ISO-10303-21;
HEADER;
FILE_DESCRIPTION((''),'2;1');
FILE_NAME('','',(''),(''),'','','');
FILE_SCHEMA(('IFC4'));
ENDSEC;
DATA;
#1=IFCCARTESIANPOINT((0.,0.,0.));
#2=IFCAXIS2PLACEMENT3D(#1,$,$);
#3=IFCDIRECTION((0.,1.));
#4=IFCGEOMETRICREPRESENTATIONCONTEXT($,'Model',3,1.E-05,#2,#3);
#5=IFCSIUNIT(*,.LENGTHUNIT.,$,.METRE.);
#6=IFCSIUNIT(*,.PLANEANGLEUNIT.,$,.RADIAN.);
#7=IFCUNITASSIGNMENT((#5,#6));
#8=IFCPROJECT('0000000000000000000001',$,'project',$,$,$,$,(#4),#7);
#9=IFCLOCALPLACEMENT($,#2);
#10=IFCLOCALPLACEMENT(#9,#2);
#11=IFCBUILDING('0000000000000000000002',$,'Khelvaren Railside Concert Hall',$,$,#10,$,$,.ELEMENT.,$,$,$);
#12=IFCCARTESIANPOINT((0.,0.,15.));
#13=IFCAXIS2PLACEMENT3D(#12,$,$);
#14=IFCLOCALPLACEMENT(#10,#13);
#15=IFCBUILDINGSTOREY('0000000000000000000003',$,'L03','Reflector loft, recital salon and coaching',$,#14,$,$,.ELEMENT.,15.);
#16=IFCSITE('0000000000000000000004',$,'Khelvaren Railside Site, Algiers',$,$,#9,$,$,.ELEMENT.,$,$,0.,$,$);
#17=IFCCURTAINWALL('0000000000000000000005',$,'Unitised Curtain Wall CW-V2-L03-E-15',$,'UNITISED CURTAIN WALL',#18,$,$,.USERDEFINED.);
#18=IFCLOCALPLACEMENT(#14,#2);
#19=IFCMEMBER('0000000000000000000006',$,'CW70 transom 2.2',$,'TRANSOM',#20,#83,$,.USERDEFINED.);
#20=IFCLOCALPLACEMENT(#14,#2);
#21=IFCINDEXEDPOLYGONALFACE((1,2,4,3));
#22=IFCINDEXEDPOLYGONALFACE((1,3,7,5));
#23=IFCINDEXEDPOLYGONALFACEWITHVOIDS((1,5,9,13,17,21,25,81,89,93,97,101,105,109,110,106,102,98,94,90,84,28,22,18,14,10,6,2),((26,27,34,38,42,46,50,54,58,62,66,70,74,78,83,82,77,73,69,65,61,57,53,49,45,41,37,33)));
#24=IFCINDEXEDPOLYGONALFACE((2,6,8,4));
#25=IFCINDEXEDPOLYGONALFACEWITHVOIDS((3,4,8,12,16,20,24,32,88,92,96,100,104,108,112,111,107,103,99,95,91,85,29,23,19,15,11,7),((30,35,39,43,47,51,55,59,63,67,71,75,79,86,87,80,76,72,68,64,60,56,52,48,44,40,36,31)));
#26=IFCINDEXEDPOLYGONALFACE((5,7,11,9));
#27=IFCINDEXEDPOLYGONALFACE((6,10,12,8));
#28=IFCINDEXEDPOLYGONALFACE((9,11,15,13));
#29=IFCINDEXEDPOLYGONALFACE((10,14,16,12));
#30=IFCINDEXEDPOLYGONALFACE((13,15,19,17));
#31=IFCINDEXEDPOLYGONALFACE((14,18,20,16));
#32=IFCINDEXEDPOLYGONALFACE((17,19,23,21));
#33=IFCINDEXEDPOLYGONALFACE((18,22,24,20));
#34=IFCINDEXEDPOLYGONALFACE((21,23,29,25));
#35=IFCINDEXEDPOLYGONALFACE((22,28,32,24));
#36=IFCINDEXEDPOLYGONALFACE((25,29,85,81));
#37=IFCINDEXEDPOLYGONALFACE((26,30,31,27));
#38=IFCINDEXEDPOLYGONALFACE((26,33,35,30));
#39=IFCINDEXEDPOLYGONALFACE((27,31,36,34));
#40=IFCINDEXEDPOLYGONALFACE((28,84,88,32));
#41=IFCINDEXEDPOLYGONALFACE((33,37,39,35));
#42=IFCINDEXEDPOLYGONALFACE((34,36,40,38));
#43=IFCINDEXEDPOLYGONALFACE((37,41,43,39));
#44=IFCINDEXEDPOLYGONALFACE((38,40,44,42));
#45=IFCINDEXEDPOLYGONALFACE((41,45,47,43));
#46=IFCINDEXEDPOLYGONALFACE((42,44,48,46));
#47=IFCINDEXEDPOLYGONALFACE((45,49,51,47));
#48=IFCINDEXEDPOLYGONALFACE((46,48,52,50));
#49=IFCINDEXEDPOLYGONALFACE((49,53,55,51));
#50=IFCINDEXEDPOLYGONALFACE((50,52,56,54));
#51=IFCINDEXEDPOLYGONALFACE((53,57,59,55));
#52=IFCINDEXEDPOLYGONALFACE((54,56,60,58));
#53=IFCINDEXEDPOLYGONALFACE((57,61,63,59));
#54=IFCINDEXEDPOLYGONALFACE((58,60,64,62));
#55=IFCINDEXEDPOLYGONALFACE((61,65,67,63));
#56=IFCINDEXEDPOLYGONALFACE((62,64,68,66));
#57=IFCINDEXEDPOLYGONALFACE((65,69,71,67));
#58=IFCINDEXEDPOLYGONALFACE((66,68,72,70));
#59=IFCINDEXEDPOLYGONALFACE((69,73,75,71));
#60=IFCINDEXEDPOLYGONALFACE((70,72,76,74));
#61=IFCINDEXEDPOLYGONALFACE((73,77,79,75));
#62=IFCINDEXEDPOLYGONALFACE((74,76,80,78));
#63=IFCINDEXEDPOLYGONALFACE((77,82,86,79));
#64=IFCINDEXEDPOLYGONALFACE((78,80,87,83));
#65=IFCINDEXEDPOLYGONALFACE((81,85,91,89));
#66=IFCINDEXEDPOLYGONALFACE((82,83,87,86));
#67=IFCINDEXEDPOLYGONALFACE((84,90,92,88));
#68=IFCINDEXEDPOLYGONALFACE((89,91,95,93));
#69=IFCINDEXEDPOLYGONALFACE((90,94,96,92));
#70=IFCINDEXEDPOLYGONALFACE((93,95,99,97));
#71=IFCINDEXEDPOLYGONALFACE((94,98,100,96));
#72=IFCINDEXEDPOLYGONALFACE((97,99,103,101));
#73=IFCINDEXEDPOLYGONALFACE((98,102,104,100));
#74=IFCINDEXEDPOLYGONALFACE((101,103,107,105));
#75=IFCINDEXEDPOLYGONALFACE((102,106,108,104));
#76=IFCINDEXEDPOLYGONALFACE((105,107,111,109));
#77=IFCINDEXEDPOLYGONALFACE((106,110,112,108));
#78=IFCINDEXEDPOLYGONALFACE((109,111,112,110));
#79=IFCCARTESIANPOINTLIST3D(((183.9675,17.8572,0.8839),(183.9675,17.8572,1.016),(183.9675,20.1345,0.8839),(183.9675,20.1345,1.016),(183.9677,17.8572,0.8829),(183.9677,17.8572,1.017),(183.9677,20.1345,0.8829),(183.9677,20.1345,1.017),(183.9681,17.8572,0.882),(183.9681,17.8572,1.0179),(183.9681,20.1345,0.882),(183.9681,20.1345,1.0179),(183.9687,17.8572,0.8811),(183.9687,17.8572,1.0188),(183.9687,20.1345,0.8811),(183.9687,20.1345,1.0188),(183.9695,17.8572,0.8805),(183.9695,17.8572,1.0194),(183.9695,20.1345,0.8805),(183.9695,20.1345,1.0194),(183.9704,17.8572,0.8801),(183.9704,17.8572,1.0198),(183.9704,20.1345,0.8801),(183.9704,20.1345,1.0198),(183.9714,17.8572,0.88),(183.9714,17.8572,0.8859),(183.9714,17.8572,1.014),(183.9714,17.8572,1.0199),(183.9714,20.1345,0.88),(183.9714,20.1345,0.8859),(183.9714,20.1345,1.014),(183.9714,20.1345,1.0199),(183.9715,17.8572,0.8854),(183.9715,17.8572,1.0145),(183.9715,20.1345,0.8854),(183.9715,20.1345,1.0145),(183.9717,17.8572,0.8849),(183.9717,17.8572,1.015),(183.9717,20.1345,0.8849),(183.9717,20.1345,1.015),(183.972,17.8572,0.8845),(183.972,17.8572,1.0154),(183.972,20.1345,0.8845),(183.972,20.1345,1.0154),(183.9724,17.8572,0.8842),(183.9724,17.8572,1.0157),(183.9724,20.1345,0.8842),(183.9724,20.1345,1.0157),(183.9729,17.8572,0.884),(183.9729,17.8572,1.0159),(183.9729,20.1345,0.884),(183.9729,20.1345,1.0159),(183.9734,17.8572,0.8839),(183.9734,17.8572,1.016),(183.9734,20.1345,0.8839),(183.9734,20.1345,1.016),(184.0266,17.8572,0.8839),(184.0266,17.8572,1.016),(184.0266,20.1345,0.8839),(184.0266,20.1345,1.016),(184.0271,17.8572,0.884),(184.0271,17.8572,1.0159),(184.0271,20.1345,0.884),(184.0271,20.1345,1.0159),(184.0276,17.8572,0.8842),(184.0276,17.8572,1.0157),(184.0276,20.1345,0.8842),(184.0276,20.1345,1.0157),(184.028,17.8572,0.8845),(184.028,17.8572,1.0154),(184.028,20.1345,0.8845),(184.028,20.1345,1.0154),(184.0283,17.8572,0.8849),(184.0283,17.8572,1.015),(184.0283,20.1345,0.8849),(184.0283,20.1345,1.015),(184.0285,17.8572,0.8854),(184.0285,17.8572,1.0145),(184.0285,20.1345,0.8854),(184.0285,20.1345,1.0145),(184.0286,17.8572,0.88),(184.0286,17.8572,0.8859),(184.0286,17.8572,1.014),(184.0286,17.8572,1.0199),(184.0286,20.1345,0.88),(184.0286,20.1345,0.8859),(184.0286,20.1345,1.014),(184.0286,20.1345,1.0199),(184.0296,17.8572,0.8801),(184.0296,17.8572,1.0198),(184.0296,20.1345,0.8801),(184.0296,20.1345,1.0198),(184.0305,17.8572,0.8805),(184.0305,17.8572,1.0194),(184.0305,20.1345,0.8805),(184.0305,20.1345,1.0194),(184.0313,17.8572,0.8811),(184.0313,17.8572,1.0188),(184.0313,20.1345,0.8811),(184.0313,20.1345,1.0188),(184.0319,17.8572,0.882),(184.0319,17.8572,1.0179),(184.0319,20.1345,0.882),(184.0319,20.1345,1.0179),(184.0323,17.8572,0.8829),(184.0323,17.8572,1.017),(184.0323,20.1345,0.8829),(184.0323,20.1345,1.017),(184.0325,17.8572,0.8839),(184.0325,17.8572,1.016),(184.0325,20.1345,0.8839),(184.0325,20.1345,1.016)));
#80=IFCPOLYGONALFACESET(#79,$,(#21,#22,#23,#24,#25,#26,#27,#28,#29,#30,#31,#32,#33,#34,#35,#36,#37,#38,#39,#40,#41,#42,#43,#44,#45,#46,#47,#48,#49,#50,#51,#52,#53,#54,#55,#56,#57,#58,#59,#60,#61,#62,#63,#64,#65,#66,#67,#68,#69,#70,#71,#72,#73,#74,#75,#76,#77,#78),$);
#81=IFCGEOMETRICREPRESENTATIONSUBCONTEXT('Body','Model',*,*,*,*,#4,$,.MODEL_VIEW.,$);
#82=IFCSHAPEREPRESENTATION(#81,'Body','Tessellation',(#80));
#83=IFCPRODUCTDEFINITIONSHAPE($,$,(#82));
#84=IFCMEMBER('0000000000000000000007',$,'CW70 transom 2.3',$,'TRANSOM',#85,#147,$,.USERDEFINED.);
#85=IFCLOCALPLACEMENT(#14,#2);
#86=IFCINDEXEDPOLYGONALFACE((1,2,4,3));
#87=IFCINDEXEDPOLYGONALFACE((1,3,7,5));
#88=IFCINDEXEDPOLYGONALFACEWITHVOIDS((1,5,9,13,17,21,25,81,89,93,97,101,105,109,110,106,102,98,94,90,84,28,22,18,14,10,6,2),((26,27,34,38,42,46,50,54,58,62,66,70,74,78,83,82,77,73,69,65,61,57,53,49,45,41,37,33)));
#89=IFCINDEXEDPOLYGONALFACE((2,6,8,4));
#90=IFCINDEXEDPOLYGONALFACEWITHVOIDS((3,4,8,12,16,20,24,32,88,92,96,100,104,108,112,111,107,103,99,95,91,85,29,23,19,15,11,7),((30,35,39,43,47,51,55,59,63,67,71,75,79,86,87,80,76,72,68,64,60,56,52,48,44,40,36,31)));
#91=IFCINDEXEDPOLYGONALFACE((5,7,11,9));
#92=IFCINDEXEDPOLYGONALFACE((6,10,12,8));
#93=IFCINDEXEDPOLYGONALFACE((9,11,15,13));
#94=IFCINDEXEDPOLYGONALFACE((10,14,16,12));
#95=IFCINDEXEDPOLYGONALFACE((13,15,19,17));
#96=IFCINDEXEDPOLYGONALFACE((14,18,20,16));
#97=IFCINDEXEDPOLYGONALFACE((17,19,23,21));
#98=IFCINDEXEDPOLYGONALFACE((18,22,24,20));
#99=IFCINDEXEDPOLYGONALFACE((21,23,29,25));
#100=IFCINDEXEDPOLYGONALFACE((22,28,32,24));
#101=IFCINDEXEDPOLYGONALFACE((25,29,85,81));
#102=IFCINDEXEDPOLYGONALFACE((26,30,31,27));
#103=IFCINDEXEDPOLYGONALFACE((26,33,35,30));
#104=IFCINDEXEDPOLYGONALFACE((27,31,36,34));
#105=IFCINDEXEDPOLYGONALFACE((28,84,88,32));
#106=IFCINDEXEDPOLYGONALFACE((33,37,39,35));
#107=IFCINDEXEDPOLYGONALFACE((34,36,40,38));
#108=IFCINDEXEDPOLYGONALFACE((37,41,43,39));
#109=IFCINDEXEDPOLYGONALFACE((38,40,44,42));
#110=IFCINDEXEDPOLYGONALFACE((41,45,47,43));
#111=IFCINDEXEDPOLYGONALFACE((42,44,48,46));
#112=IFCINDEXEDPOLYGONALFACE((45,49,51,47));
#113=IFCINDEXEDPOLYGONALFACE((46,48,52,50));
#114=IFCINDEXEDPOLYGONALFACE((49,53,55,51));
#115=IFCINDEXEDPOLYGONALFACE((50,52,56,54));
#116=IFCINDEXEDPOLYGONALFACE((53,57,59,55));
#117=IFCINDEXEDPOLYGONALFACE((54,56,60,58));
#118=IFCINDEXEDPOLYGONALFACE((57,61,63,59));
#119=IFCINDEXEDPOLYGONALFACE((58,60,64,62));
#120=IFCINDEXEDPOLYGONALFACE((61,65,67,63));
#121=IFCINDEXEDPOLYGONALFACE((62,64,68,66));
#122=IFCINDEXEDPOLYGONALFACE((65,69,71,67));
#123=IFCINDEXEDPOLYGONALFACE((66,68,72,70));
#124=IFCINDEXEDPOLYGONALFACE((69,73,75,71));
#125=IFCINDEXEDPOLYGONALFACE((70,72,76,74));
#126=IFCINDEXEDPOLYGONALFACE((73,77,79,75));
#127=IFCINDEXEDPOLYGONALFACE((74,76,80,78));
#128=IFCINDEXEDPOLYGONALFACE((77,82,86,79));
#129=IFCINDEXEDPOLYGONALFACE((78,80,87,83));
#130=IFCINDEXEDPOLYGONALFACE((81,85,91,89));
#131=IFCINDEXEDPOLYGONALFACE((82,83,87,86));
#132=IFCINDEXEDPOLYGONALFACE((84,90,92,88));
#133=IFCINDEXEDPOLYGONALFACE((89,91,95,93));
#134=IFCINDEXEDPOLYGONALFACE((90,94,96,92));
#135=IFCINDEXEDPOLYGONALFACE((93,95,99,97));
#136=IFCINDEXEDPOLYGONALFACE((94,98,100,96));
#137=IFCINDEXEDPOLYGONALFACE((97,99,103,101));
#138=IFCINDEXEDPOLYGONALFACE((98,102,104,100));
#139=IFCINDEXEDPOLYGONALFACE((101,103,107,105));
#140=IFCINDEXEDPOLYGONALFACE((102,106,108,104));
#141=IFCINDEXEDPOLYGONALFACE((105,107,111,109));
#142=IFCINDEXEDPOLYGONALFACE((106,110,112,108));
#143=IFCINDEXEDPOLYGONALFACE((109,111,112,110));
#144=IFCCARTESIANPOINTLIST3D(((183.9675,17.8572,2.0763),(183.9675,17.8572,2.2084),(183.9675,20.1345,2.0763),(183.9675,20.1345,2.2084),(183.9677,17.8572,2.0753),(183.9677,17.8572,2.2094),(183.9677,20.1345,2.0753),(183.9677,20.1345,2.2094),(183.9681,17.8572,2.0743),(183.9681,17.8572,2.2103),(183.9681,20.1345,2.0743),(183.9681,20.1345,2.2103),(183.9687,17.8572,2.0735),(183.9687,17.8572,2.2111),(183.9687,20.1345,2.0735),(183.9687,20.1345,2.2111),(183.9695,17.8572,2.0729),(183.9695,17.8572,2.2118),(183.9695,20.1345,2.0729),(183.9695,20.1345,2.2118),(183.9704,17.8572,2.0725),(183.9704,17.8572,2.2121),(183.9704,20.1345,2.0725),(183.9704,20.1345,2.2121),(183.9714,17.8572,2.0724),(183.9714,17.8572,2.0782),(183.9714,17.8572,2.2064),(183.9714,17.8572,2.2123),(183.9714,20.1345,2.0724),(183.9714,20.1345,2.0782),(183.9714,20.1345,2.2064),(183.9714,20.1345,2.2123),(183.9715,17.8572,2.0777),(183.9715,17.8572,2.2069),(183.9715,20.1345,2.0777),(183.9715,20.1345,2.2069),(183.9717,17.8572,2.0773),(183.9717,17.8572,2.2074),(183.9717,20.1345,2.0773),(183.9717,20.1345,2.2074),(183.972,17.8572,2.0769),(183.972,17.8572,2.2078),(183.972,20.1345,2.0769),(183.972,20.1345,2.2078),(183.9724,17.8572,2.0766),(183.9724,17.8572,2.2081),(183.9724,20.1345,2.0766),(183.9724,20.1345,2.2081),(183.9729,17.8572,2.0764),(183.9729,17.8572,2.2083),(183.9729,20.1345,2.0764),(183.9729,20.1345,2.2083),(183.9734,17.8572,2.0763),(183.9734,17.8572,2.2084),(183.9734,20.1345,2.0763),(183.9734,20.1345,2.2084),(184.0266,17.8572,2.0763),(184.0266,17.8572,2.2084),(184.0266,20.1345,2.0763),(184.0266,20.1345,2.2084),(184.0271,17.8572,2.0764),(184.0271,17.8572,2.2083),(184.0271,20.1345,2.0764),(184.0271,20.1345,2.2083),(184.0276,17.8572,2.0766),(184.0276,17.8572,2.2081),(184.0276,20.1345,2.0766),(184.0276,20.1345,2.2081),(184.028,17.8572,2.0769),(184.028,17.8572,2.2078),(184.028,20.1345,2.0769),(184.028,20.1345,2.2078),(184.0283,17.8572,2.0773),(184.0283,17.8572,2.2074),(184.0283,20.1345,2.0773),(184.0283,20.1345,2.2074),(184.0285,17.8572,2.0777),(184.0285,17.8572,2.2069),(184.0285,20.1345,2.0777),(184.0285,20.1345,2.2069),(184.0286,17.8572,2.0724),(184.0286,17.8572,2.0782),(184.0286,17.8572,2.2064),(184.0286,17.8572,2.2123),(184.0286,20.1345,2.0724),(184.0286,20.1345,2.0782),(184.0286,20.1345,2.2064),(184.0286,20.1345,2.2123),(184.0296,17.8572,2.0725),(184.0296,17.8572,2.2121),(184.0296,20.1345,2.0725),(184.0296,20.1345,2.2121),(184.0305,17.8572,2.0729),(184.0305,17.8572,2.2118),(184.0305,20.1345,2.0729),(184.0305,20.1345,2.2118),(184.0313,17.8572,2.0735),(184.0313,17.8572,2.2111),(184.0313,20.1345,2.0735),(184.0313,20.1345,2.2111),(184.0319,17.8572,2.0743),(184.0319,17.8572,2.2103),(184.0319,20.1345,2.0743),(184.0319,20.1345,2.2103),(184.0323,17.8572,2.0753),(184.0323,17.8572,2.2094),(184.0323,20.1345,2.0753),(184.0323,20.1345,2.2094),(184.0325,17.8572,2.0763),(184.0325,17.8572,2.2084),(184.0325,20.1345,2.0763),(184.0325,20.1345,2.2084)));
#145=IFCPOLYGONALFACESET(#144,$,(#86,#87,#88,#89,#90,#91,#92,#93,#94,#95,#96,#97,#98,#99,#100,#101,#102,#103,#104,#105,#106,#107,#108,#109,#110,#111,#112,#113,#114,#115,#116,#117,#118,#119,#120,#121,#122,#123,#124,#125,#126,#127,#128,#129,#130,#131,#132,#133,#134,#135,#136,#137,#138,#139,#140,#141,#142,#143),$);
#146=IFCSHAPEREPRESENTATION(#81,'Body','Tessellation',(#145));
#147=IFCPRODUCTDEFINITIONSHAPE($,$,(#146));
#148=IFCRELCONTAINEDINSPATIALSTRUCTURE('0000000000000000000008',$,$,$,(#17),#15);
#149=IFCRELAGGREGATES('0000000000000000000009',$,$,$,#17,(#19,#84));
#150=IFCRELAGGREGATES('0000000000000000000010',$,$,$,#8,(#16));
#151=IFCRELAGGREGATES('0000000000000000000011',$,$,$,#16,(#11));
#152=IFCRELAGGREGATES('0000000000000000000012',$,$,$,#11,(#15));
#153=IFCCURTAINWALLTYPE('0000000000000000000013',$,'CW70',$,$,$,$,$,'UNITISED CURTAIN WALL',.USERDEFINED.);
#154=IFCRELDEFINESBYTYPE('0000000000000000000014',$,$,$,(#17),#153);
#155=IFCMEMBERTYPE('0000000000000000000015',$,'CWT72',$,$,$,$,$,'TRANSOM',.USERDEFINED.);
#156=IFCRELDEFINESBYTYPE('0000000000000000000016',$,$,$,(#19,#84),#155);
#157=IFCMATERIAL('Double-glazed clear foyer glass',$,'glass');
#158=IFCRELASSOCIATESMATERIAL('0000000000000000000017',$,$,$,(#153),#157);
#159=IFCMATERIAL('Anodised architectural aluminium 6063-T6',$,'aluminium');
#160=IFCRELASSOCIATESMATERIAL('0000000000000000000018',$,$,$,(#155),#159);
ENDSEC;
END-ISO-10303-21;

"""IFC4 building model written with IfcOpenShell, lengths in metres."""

from ifc_helpers import new_model, si_unit, direction, frame, origin, origin_2d, place, context, subcontext, project, spatial, hollow_rectangle, extrude, material, material_profile, profile_set, type_object, element, aggregate, save


model = new_model("IFC4")

# Units and contexts
model_context = context("Model", 3, precision=1e-05, world=origin(), true_north=direction((0.0, 1.0)))
body_context = subcontext(model_context, "Body", "Model", "MODEL_VIEW")
ifc_project = project(units=[si_unit("LENGTHUNIT", "METRE"), si_unit("PLANEANGLEUNIT", "RADIAN")], contexts=[model_context])

# Site, building, storey
site_placement = place(None, origin())
site = spatial("IfcSite", under=ifc_project, at=site_placement, Name="Khelvaren Railside Site, Algiers", CompositionType="ELEMENT", RefElevation=0.0)
building_placement = place(site_placement, origin())
building = spatial("IfcBuilding", under=site, at=building_placement, Name="Khelvaren Railside Concert Hall", CompositionType="ELEMENT")
storey_placement = place(building_placement, frame((0.0, 0.0, 15.0)))
storey = spatial("IfcBuildingStorey", under=building, at=storey_placement, Name="L03", Description="Reflector loft, recital salon and coaching", CompositionType="ELEMENT", Elevation=15.0)

# Curtain wall
ifc_material_1 = material(Name="Double-glazed clear foyer glass", Category="glass")
curtain_wall_type_1 = type_object("IfcCurtainWallType", Name="CW70", ElementType="UNITISED CURTAIN WALL", PredefinedType="USERDEFINED", material=ifc_material_1)
curtain_wall_1_placement = place(storey_placement, origin())
curtain_wall_1 = element("IfcCurtainWall", 1, at=curtain_wall_1_placement, inside=storey, type_object=curtain_wall_type_1, Name="Unitised Curtain Wall CW-V2-L03-E-15", ObjectType="UNITISED CURTAIN WALL", PredefinedType="USERDEFINED")
ifc_material_2 = material(Name="Anodised architectural aluminium 6063-T6", Category="aluminium")

# Members
ifc_material_profile_1 = material_profile(ifc_material_2, hollow_rectangle(XDim=0.0649, YDim=0.1399, WallThickness=0.0039, InnerFilletRadius=0.002, OuterFilletRadius=0.0039, at=origin_2d()), Name="CWT 65x140x4")
ifc_profile_set_1 = profile_set([ifc_material_profile_1], Name="Anodised architectural aluminium 6063-T6")
member_type_1 = type_object("IfcMemberType", Name="CWT72", ElementType="TRANSOM", PredefinedType="USERDEFINED", material=ifc_profile_set_1)
member_1_placement = place(storey_placement, frame((184.0, 20.1345, 0.95), z_axis=(0.0, -1.0, 0.0), x_axis=(1.0, 0.0, 0.0)))
member_1 = element("IfcMember", 2, at=member_1_placement, type_object=member_type_1, Name="CW70 transom 2.2", ObjectType="TRANSOM", PredefinedType="USERDEFINED", context=body_context, shape_type="SweptSolid", body=[
    extrude(hollow_rectangle(XDim=0.0649, YDim=0.1399, WallThickness=0.0039, InnerFilletRadius=0.002, OuterFilletRadius=0.0039, at=origin_2d()), origin(), (0.0, 0.0, 1.0), 2.2773),
])
member_2_placement = place(storey_placement, frame((184.0, 20.1345, 2.1423), z_axis=(0.0, -1.0, 0.0), x_axis=(1.0, 0.0, 0.0)))
member_2 = element("IfcMember", 3, at=member_2_placement, type_object=member_type_1, Name="CW70 transom 2.3", ObjectType="TRANSOM", PredefinedType="USERDEFINED", context=body_context, shape_type="SweptSolid", body=[
    extrude(hollow_rectangle(XDim=0.0649, YDim=0.1399, WallThickness=0.0039, InnerFilletRadius=0.002, OuterFilletRadius=0.0039, at=origin_2d()), origin(), (0.0, 0.0, 1.0), 2.2773),
])

aggregate(curtain_wall_1, [member_1, member_2])

save(model, "model.ifc")
